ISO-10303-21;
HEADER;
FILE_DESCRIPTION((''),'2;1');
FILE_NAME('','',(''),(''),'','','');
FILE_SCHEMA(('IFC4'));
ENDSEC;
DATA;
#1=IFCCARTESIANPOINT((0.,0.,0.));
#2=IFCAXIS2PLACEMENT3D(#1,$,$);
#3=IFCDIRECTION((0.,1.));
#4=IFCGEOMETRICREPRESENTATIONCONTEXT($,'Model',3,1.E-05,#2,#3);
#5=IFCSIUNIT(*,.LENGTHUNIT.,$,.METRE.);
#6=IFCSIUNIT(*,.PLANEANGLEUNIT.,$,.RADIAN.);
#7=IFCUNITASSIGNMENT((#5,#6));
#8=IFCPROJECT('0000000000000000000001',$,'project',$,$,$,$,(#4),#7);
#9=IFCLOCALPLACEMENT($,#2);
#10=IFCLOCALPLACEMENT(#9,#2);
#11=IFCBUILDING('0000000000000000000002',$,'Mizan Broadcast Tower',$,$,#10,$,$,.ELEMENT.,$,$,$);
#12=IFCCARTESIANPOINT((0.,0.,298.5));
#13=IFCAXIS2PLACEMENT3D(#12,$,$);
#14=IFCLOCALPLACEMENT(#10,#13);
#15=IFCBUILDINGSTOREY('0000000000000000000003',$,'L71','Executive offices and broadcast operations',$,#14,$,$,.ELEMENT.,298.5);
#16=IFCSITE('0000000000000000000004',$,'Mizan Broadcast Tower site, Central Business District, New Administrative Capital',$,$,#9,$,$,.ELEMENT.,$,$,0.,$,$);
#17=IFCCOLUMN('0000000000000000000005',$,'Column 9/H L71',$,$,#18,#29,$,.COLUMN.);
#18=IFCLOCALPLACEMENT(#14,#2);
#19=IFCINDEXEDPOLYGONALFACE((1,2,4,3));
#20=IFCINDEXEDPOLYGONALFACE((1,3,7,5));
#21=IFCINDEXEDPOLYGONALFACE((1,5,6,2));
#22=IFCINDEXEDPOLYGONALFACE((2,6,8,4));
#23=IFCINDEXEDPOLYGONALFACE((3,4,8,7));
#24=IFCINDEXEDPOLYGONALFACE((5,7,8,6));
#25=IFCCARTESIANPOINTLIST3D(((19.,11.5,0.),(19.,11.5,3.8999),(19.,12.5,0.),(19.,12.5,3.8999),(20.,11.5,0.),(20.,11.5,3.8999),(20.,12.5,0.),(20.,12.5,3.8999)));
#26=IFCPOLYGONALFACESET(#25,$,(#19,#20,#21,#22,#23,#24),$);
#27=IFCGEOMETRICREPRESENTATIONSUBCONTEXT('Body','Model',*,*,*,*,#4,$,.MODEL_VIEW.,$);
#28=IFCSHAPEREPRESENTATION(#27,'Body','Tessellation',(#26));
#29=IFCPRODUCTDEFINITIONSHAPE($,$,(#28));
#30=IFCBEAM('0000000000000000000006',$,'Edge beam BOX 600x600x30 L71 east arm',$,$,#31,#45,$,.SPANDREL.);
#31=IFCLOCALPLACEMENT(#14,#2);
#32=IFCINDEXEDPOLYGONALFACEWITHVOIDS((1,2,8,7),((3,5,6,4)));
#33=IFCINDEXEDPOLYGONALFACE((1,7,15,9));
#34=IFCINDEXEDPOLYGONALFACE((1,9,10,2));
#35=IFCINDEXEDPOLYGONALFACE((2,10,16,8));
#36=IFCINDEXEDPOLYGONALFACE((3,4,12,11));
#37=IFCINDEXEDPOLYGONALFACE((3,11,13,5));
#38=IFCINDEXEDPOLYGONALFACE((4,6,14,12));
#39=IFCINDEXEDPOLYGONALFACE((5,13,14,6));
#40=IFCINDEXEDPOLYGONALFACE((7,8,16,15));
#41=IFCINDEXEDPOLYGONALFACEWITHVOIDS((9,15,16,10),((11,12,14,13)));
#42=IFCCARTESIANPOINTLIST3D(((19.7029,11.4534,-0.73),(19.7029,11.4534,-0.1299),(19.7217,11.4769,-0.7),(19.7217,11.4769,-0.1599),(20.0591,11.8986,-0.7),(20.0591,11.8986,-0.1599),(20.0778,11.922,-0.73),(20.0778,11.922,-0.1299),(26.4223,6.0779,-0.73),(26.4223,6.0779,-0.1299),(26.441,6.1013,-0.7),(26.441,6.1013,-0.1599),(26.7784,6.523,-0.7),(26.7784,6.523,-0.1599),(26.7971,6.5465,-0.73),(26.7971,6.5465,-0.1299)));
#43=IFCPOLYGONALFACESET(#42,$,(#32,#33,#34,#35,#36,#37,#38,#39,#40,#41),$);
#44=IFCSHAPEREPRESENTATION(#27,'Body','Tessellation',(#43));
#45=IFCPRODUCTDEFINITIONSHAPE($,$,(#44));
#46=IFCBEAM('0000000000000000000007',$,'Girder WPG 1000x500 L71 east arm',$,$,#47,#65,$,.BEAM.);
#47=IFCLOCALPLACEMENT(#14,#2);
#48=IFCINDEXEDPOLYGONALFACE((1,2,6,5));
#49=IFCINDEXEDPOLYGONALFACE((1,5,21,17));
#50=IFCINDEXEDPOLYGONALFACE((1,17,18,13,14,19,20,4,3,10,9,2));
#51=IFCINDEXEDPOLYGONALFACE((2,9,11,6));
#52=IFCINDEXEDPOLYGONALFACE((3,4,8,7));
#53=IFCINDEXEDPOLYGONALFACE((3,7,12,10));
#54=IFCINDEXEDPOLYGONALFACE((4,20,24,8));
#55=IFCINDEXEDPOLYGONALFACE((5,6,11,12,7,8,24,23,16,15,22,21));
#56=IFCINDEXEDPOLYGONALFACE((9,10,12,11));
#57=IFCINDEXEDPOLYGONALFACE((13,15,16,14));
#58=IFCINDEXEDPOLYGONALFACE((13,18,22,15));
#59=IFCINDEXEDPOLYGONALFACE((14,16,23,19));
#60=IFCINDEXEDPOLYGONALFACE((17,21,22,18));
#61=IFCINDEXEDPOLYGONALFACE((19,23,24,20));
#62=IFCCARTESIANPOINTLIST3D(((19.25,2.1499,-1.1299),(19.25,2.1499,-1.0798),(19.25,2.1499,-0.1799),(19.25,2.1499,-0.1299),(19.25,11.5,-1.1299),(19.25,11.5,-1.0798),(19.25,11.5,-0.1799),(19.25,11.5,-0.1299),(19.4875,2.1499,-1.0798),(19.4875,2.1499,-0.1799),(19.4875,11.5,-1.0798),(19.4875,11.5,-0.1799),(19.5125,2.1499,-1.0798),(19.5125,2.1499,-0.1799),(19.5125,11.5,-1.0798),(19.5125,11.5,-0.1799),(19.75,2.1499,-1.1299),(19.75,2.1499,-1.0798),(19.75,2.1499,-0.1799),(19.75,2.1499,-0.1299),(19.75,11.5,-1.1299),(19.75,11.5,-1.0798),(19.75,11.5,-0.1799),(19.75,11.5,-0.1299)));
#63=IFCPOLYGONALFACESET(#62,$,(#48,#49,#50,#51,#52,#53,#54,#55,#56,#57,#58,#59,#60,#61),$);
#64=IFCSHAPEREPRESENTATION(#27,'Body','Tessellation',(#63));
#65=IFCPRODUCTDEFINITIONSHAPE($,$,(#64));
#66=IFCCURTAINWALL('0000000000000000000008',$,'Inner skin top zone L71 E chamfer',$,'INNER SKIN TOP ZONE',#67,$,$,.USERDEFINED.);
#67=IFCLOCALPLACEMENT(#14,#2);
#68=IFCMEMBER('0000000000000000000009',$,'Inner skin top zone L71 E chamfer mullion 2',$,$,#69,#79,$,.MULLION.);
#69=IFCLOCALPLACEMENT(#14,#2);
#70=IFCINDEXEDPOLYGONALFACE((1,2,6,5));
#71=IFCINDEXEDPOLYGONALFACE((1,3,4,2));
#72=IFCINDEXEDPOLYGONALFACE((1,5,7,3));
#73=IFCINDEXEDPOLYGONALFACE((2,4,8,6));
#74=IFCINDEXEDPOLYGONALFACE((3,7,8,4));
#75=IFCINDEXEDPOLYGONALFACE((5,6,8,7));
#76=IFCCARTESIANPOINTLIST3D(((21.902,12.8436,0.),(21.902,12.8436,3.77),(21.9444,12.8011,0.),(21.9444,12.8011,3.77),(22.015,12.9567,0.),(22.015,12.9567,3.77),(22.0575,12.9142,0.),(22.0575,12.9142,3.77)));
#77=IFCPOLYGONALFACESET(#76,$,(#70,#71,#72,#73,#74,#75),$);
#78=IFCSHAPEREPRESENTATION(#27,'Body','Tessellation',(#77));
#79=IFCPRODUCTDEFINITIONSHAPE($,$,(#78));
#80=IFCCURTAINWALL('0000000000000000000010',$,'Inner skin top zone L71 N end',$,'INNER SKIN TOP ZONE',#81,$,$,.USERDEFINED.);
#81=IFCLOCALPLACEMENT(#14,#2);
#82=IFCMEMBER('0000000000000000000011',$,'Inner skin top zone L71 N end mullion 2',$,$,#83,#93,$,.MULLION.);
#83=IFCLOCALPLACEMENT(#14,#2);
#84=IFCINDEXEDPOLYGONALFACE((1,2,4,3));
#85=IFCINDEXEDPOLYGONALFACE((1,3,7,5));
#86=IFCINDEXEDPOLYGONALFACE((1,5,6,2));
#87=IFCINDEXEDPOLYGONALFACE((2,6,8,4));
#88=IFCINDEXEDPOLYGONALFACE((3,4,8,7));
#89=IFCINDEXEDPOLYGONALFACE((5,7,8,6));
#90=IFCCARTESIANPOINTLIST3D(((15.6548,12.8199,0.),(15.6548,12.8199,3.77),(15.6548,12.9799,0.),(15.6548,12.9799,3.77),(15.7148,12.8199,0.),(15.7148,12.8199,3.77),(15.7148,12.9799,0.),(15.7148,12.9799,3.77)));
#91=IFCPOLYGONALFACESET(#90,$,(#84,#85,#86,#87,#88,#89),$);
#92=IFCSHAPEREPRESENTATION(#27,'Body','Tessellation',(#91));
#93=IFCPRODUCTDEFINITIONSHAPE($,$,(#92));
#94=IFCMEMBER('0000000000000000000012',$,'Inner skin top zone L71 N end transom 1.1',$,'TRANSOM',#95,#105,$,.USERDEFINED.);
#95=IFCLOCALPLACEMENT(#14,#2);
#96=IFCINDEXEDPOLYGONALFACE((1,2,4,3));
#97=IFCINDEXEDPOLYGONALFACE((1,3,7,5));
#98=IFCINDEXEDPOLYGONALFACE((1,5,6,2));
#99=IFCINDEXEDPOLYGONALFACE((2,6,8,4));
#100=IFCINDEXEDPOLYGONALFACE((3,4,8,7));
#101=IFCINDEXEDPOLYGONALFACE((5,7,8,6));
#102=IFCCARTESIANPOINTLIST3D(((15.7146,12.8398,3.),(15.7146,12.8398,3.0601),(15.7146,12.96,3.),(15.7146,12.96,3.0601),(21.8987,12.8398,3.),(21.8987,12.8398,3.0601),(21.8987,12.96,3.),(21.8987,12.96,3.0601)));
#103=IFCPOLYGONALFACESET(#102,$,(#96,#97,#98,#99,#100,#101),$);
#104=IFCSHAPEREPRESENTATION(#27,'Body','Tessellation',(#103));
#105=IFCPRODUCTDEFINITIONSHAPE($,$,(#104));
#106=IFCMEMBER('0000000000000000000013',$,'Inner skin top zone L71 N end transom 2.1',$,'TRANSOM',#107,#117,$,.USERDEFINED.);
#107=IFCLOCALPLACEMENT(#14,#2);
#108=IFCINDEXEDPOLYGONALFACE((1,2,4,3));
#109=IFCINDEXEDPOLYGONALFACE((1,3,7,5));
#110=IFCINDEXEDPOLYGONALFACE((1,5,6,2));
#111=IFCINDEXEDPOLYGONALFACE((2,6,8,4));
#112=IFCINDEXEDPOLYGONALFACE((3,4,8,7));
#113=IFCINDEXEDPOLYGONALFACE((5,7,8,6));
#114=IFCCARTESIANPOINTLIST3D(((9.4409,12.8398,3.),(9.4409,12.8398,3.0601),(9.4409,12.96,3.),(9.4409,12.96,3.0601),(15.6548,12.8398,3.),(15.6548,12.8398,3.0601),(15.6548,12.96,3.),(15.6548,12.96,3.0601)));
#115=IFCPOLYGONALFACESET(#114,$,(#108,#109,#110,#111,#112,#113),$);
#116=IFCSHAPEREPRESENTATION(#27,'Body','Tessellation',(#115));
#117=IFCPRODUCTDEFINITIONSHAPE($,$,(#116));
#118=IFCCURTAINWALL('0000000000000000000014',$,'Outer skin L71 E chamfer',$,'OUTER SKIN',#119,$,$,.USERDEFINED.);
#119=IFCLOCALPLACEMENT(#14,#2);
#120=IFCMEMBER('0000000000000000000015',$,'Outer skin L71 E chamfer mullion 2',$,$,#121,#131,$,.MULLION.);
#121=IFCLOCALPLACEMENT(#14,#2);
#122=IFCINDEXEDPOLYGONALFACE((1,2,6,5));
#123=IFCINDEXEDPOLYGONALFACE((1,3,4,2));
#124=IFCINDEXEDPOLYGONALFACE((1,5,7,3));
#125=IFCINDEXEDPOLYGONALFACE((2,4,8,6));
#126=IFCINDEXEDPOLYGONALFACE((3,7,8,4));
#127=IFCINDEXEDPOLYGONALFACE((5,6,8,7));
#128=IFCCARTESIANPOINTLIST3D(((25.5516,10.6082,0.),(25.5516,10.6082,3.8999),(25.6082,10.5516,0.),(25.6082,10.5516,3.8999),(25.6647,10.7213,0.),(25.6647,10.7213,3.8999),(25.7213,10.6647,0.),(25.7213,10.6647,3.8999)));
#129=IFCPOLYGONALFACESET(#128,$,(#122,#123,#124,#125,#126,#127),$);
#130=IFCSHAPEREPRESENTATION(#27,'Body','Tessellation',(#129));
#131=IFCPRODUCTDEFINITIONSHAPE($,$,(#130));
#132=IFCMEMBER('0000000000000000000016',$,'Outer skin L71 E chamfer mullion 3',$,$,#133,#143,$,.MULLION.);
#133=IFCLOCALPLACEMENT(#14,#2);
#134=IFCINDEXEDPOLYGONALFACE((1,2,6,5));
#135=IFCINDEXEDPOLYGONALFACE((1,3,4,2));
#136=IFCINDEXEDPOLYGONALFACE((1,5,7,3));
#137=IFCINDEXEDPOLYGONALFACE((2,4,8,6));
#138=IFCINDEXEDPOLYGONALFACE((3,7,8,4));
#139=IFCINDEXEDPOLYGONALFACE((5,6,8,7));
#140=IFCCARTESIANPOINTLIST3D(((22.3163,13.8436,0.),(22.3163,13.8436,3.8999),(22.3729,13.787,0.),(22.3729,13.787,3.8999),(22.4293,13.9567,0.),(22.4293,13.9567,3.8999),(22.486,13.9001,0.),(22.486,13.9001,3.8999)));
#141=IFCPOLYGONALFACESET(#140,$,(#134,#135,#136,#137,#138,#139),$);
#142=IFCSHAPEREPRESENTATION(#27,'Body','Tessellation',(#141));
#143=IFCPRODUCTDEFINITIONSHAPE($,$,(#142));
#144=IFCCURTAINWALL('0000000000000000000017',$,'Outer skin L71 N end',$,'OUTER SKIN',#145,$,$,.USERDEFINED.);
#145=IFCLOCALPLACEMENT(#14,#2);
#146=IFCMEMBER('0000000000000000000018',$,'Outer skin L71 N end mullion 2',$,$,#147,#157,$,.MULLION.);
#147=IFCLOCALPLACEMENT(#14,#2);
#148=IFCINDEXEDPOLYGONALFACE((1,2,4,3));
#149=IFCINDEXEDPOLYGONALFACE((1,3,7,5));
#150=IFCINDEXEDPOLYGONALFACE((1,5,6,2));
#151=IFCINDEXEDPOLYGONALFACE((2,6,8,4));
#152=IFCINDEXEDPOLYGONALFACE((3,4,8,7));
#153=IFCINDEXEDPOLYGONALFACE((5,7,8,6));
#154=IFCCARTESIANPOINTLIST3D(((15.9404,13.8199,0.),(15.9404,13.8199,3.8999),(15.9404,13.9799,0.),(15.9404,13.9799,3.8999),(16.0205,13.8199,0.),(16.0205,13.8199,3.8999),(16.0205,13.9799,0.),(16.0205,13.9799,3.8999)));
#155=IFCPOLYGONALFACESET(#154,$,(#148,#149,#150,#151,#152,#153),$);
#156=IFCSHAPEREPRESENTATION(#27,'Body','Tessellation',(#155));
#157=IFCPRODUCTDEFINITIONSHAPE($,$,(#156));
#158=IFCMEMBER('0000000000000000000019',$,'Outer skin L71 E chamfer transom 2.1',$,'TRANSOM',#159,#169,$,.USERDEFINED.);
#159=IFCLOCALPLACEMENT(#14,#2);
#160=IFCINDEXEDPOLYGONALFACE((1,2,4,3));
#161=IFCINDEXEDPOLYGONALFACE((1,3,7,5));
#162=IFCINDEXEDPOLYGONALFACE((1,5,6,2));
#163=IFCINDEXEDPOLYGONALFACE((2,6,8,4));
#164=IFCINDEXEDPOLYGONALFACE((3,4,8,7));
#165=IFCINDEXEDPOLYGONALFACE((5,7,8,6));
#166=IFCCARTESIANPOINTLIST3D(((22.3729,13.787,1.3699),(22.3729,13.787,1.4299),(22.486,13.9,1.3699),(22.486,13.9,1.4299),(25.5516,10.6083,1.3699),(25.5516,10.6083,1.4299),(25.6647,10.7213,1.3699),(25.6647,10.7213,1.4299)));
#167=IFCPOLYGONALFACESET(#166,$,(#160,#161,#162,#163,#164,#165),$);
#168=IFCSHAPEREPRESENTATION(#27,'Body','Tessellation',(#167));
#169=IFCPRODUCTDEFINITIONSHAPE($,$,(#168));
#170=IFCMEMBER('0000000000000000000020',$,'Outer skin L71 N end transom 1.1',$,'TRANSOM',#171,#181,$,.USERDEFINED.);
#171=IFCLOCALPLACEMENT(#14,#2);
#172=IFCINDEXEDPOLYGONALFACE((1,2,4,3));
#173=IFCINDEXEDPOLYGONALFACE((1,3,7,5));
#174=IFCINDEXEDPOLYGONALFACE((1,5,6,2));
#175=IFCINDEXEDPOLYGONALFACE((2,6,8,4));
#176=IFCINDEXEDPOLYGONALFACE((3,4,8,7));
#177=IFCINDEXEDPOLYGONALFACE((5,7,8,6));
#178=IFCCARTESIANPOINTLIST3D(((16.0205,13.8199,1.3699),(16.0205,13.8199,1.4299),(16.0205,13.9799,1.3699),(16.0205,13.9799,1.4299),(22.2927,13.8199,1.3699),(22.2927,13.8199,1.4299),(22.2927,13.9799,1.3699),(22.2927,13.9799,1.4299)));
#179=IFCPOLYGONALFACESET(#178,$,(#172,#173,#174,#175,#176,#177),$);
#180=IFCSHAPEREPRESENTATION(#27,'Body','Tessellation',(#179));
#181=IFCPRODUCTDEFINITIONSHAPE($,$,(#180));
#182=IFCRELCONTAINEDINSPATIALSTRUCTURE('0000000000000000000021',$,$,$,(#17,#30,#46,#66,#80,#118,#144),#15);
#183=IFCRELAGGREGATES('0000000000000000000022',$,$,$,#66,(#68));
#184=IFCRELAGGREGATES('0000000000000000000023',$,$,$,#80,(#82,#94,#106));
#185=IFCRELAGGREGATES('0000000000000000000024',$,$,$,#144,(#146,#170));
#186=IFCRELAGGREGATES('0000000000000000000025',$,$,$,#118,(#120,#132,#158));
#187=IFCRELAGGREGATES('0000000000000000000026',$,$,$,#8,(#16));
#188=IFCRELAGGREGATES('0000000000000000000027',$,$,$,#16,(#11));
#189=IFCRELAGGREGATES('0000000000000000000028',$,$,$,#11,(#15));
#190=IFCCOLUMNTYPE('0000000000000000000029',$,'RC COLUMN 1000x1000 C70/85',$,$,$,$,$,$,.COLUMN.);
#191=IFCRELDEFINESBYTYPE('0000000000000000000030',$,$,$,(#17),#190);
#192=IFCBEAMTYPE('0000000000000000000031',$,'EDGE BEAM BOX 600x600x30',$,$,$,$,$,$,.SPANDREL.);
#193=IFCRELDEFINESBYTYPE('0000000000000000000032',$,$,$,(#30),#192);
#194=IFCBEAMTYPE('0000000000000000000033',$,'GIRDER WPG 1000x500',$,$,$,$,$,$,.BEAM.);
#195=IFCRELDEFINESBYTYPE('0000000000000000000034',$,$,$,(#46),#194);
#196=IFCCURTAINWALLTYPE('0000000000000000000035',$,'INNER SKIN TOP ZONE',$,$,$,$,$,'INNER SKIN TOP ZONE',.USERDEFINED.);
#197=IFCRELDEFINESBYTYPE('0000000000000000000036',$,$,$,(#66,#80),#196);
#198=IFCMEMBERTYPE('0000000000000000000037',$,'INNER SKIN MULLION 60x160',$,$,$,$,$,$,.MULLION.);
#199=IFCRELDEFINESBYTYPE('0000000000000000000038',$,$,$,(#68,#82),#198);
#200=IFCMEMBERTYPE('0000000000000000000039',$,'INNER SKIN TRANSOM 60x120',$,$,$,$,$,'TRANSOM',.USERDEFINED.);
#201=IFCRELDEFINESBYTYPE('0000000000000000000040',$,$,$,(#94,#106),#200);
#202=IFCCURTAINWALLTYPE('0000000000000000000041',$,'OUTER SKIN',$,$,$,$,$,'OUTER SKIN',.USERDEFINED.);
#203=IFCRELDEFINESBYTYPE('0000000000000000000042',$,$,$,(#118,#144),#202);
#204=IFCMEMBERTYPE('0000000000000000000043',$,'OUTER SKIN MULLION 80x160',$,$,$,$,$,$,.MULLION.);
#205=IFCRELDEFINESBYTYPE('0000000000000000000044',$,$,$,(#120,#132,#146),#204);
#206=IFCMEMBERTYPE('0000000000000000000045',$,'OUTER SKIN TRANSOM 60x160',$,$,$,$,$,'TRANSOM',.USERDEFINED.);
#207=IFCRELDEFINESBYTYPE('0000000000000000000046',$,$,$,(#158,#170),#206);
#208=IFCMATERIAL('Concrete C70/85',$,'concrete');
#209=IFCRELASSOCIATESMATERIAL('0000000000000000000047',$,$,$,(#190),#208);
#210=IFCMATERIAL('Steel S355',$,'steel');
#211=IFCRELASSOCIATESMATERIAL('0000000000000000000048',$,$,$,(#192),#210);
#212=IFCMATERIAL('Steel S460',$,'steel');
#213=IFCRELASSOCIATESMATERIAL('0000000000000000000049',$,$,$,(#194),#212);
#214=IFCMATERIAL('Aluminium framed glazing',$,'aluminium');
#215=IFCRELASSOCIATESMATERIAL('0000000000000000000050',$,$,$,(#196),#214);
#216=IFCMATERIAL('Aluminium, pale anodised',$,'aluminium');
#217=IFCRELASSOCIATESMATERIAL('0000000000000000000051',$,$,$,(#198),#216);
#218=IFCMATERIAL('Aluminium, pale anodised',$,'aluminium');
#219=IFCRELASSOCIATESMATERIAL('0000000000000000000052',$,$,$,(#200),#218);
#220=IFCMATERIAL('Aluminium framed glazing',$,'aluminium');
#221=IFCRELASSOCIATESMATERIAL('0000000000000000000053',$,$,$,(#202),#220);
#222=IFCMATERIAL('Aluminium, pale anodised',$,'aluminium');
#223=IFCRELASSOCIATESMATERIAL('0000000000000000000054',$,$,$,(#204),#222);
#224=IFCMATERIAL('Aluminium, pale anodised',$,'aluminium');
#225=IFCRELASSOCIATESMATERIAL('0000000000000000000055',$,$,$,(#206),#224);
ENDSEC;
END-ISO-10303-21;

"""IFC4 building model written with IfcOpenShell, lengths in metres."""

from ifc_helpers import new_model, si_unit, direction, frame, origin, origin_2d, place, context, subcontext, project, spatial, rectangle, hollow_rectangle, i_section, extrude, material, material_profile, profile_set, type_object, element, aggregate, save


model = new_model("IFC4")

# Units and contexts
model_context = context("Model", 3, precision=1e-05, world=origin(), true_north=direction((0.0, 1.0)))
body_context = subcontext(model_context, "Body", "Model", "MODEL_VIEW")
ifc_project = project(units=[si_unit("LENGTHUNIT", "METRE"), si_unit("PLANEANGLEUNIT", "RADIAN")], contexts=[model_context])

# Site, building, storey
site_placement = place(None, origin())
site = spatial("IfcSite", under=ifc_project, at=site_placement, Name="Mizan Broadcast Tower site, Central Business District, New Administrative Capital", CompositionType="ELEMENT", RefElevation=0.0)
building_placement = place(site_placement, origin())
building = spatial("IfcBuilding", under=site, at=building_placement, Name="Mizan Broadcast Tower", CompositionType="ELEMENT")
storey_placement = place(building_placement, frame((0.0, 0.0, 298.5)))
storey = spatial("IfcBuildingStorey", under=building, at=storey_placement, Name="L71", Description="Executive offices and broadcast operations", CompositionType="ELEMENT", Elevation=298.5)

# Column
ifc_material_1 = material(Name="Concrete C70/85", Category="concrete")
ifc_material_profile_1 = material_profile(ifc_material_1, rectangle(XDim=1.0, YDim=1.0, at=origin_2d()), Name="RC 1000x1000")
ifc_profile_set_1 = profile_set([ifc_material_profile_1], Name="Concrete C70/85")
column_type = type_object("IfcColumnType", Name="RC COLUMN 1000x1000 C70/85", PredefinedType="COLUMN", material=ifc_profile_set_1)
column_placement = place(storey_placement, frame((19.5, 12.0, 0.0), z_axis=(0.0, 0.0, 1.0), x_axis=(1.0, 0.0, 0.0)))
element("IfcColumn", 1, at=column_placement, inside=storey, type_object=column_type, Name="Column 9/H L71", PredefinedType="COLUMN", context=body_context, shape_type="SweptSolid", body=[
    extrude(rectangle(XDim=1.0, YDim=1.0, at=origin_2d()), origin(), (0.0, 0.0, 1.0), 3.8999),
])

# Beams
ifc_material_2 = material(Name="Steel S355", Category="steel")
ifc_material_profile_2 = material_profile(ifc_material_2, hollow_rectangle(XDim=0.6001, YDim=0.6001, WallThickness=0.03, at=origin_2d()), Name="BOX 600x600x30")
ifc_profile_set_2 = profile_set([ifc_material_profile_2], Name="Steel S355")
beam_type_1 = type_object("IfcBeamType", Name="EDGE BEAM BOX 600x600x30", PredefinedType="SPANDREL", material=ifc_profile_set_2)
beam_1_placement = place(storey_placement, frame((19.8904, 11.6877, -0.4299), z_axis=(0.780863, -0.624702, 0.0), x_axis=(0.624702, 0.780863, 0.0)))
element("IfcBeam", 2, at=beam_1_placement, inside=storey, type_object=beam_type_1, Name="Edge beam BOX 600x600x30 L71 east arm", PredefinedType="SPANDREL", context=body_context, shape_type="SweptSolid", body=[
    extrude(hollow_rectangle(XDim=0.6001, YDim=0.6001, WallThickness=0.03, at=origin_2d()), origin(), (0.0, 0.0, 1.0), 8.605),
])
ifc_material_3 = material(Name="Steel S460", Category="steel")
ifc_material_profile_3 = material_profile(ifc_material_3, i_section(OverallWidth=0.5, OverallDepth=1.0, WebThickness=0.0249, FlangeThickness=0.05, at=origin_2d()), Name="WPG 1000x500")
ifc_profile_set_3 = profile_set([ifc_material_profile_3], Name="Steel S460")
beam_type_2 = type_object("IfcBeamType", Name="GIRDER WPG 1000x500", PredefinedType="BEAM", material=ifc_profile_set_3)
beam_2_placement = place(storey_placement, frame((19.5, 11.5, -0.6299), z_axis=(0.0, -1.0, 0.0), x_axis=(1.0, 0.0, 0.0)))
element("IfcBeam", 3, at=beam_2_placement, inside=storey, type_object=beam_type_2, Name="Girder WPG 1000x500 L71 east arm", PredefinedType="BEAM", context=body_context, shape_type="SweptSolid", body=[
    extrude(i_section(OverallWidth=0.5, OverallDepth=1.0, WebThickness=0.0249, FlangeThickness=0.05, at=origin_2d()), origin(), (0.0, 0.0, 1.0), 9.3501),
])

# Curtain wall, member
ifc_material_4 = material(Name="Aluminium framed glazing", Category="aluminium")
curtain_wall_type_1 = type_object("IfcCurtainWallType", Name="INNER SKIN TOP ZONE", ElementType="INNER SKIN TOP ZONE", PredefinedType="USERDEFINED", material=ifc_material_4)
curtain_wall_1_placement = place(storey_placement, origin())
curtain_wall_1 = element("IfcCurtainWall", 4, at=curtain_wall_1_placement, inside=storey, type_object=curtain_wall_type_1, Name="Inner skin top zone L71 E chamfer", ObjectType="INNER SKIN TOP ZONE", PredefinedType="USERDEFINED")
ifc_material_5 = material(Name="Aluminium, pale anodised", Category="aluminium")
ifc_material_profile_4 = material_profile(ifc_material_5, rectangle(XDim=0.1599, YDim=0.0601, at=origin_2d()), Name="MULLION 160x60")
ifc_profile_set_4 = profile_set([ifc_material_profile_4], Name="Aluminium, pale anodised")
member_type_1 = type_object("IfcMemberType", Name="INNER SKIN MULLION 60x160", PredefinedType="MULLION", material=ifc_profile_set_4)
member_1_placement = place(storey_placement, frame((21.9797, 12.8789, 0.0), z_axis=(0.0, 0.0, 1.0), x_axis=(-0.707107, -0.707107, 0.0)))
member_1 = element("IfcMember", 5, at=member_1_placement, type_object=member_type_1, Name="Inner skin top zone L71 E chamfer mullion 2", PredefinedType="MULLION", context=body_context, shape_type="SweptSolid", body=[
    extrude(rectangle(XDim=0.1599, YDim=0.0601, at=origin_2d()), origin(), (0.0, 0.0, 1.0), 3.77),
])

# Curtain walls, members
curtain_wall_2_placement = place(storey_placement, origin())
curtain_wall_2 = element("IfcCurtainWall", 6, at=curtain_wall_2_placement, inside=storey, type_object=curtain_wall_type_1, Name="Inner skin top zone L71 N end", ObjectType="INNER SKIN TOP ZONE", PredefinedType="USERDEFINED")
member_2_placement = place(storey_placement, frame((15.6848, 12.8999, 0.0), z_axis=(0.0, 0.0, 1.0), x_axis=(0.0, -1.0, 0.0)))
member_2 = element("IfcMember", 7, at=member_2_placement, type_object=member_type_1, Name="Inner skin top zone L71 N end mullion 2", PredefinedType="MULLION", context=body_context, shape_type="SweptSolid", body=[
    extrude(rectangle(XDim=0.1599, YDim=0.0601, at=origin_2d()), origin(), (0.0, 0.0, 1.0), 3.77),
])
ifc_material_6 = material(Name="Aluminium, pale anodised", Category="aluminium")
ifc_material_profile_5 = material_profile(ifc_material_6, rectangle(XDim=0.1201, YDim=0.0601, at=origin_2d()), Name="TRANSOM 120x60")
ifc_profile_set_5 = profile_set([ifc_material_profile_5], Name="Aluminium, pale anodised")
member_type_2 = type_object("IfcMemberType", Name="INNER SKIN TRANSOM 60x120", ElementType="TRANSOM", PredefinedType="USERDEFINED", material=ifc_profile_set_5)
member_3_placement = place(storey_placement, frame((21.8987, 12.8999, 3.03), z_axis=(-1.0, 0.0, 0.0), x_axis=(0.0, -1.0, 0.0)))
member_3 = element("IfcMember", 8, at=member_3_placement, type_object=member_type_2, Name="Inner skin top zone L71 N end transom 1.1", ObjectType="TRANSOM", PredefinedType="USERDEFINED", context=body_context, shape_type="SweptSolid", body=[
    extrude(rectangle(XDim=0.1201, YDim=0.0601, at=origin_2d()), origin(), (0.0, 0.0, 1.0), 6.1841),
])
member_4_placement = place(storey_placement, frame((15.6548, 12.8999, 3.03), z_axis=(-1.0, 0.0, 0.0), x_axis=(0.0, -1.0, 0.0)))
member_4 = element("IfcMember", 9, at=member_4_placement, type_object=member_type_2, Name="Inner skin top zone L71 N end transom 2.1", ObjectType="TRANSOM", PredefinedType="USERDEFINED", context=body_context, shape_type="SweptSolid", body=[
    extrude(rectangle(XDim=0.1201, YDim=0.0601, at=origin_2d()), origin(), (0.0, 0.0, 1.0), 6.2139),
])
ifc_material_7 = material(Name="Aluminium framed glazing", Category="aluminium")
curtain_wall_type_2 = type_object("IfcCurtainWallType", Name="OUTER SKIN", ElementType="OUTER SKIN", PredefinedType="USERDEFINED", material=ifc_material_7)
curtain_wall_3_placement = place(storey_placement, origin())
curtain_wall_3 = element("IfcCurtainWall", 10, at=curtain_wall_3_placement, inside=storey, type_object=curtain_wall_type_2, Name="Outer skin L71 E chamfer", ObjectType="OUTER SKIN", PredefinedType="USERDEFINED")
ifc_material_8 = material(Name="Aluminium, pale anodised", Category="aluminium")
ifc_material_profile_6 = material_profile(ifc_material_8, rectangle(XDim=0.1599, YDim=0.0801, at=origin_2d()), Name="MULLION 160x80")
ifc_profile_set_6 = profile_set([ifc_material_profile_6], Name="Aluminium, pale anodised")
member_type_3 = type_object("IfcMemberType", Name="OUTER SKIN MULLION 80x160", PredefinedType="MULLION", material=ifc_profile_set_6)
member_5_placement = place(storey_placement, frame((25.6365, 10.6365, 0.0), z_axis=(0.0, 0.0, 1.0), x_axis=(-0.707107, -0.707107, 0.0)))
member_5 = element("IfcMember", 11, at=member_5_placement, type_object=member_type_3, Name="Outer skin L71 E chamfer mullion 2", PredefinedType="MULLION", context=body_context, shape_type="SweptSolid", body=[
    extrude(rectangle(XDim=0.1599, YDim=0.0801, at=origin_2d()), origin(), (0.0, 0.0, 1.0), 3.8999),
])
member_6_placement = place(storey_placement, frame((22.4011, 13.8718, 0.0), z_axis=(0.0, 0.0, 1.0), x_axis=(-0.707107, -0.707107, 0.0)))
member_6 = element("IfcMember", 12, at=member_6_placement, type_object=member_type_3, Name="Outer skin L71 E chamfer mullion 3", PredefinedType="MULLION", context=body_context, shape_type="SweptSolid", body=[
    extrude(rectangle(XDim=0.1599, YDim=0.0801, at=origin_2d()), origin(), (0.0, 0.0, 1.0), 3.8999),
])

# Curtain wall, member
curtain_wall_4_placement = place(storey_placement, origin())
curtain_wall_4 = element("IfcCurtainWall", 13, at=curtain_wall_4_placement, inside=storey, type_object=curtain_wall_type_2, Name="Outer skin L71 N end", ObjectType="OUTER SKIN", PredefinedType="USERDEFINED")
member_7_placement = place(storey_placement, frame((15.9805, 13.8999, 0.0), z_axis=(0.0, 0.0, 1.0), x_axis=(0.0, -1.0, 0.0)))
member_7 = element("IfcMember", 14, at=member_7_placement, type_object=member_type_3, Name="Outer skin L71 N end mullion 2", PredefinedType="MULLION", context=body_context, shape_type="SweptSolid", body=[
    extrude(rectangle(XDim=0.1599, YDim=0.0801, at=origin_2d()), origin(), (0.0, 0.0, 1.0), 3.8999),
])

# Members
ifc_material_9 = material(Name="Aluminium, pale anodised", Category="aluminium")
ifc_material_profile_7 = material_profile(ifc_material_9, rectangle(XDim=0.1599, YDim=0.0601, at=origin_2d()), Name="TRANSOM 160x60")
ifc_profile_set_7 = profile_set([ifc_material_profile_7], Name="Aluminium, pale anodised")
member_type_4 = type_object("IfcMemberType", Name="OUTER SKIN TRANSOM 60x160", ElementType="TRANSOM", PredefinedType="USERDEFINED", material=ifc_profile_set_7)
member_8_placement = place(storey_placement, frame((25.6082, 10.6648, 1.3999), z_axis=(-0.707107, 0.707107, 0.0), x_axis=(-0.707107, -0.707107, 0.0)))
member_8 = element("IfcMember", 15, at=member_8_placement, type_object=member_type_4, Name="Outer skin L71 E chamfer transom 2.1", ObjectType="TRANSOM", PredefinedType="USERDEFINED", context=body_context, shape_type="SweptSolid", body=[
    extrude(rectangle(XDim=0.1599, YDim=0.0601, at=origin_2d()), origin(), (0.0, 0.0, 1.0), 4.4954),
])
member_9_placement = place(storey_placement, frame((22.2927, 13.8999, 1.3999), z_axis=(-1.0, 0.0, 0.0), x_axis=(0.0, -1.0, 0.0)))
member_9 = element("IfcMember", 16, at=member_9_placement, type_object=member_type_4, Name="Outer skin L71 N end transom 1.1", ObjectType="TRANSOM", PredefinedType="USERDEFINED", context=body_context, shape_type="SweptSolid", body=[
    extrude(rectangle(XDim=0.1599, YDim=0.0601, at=origin_2d()), origin(), (0.0, 0.0, 1.0), 6.2722),
])

aggregate(curtain_wall_1, [member_1])
aggregate(curtain_wall_2, [member_2, member_3, member_4])
aggregate(curtain_wall_4, [member_7, member_9])
aggregate(curtain_wall_3, [member_5, member_6, member_8])

save(model, "model.ifc")
